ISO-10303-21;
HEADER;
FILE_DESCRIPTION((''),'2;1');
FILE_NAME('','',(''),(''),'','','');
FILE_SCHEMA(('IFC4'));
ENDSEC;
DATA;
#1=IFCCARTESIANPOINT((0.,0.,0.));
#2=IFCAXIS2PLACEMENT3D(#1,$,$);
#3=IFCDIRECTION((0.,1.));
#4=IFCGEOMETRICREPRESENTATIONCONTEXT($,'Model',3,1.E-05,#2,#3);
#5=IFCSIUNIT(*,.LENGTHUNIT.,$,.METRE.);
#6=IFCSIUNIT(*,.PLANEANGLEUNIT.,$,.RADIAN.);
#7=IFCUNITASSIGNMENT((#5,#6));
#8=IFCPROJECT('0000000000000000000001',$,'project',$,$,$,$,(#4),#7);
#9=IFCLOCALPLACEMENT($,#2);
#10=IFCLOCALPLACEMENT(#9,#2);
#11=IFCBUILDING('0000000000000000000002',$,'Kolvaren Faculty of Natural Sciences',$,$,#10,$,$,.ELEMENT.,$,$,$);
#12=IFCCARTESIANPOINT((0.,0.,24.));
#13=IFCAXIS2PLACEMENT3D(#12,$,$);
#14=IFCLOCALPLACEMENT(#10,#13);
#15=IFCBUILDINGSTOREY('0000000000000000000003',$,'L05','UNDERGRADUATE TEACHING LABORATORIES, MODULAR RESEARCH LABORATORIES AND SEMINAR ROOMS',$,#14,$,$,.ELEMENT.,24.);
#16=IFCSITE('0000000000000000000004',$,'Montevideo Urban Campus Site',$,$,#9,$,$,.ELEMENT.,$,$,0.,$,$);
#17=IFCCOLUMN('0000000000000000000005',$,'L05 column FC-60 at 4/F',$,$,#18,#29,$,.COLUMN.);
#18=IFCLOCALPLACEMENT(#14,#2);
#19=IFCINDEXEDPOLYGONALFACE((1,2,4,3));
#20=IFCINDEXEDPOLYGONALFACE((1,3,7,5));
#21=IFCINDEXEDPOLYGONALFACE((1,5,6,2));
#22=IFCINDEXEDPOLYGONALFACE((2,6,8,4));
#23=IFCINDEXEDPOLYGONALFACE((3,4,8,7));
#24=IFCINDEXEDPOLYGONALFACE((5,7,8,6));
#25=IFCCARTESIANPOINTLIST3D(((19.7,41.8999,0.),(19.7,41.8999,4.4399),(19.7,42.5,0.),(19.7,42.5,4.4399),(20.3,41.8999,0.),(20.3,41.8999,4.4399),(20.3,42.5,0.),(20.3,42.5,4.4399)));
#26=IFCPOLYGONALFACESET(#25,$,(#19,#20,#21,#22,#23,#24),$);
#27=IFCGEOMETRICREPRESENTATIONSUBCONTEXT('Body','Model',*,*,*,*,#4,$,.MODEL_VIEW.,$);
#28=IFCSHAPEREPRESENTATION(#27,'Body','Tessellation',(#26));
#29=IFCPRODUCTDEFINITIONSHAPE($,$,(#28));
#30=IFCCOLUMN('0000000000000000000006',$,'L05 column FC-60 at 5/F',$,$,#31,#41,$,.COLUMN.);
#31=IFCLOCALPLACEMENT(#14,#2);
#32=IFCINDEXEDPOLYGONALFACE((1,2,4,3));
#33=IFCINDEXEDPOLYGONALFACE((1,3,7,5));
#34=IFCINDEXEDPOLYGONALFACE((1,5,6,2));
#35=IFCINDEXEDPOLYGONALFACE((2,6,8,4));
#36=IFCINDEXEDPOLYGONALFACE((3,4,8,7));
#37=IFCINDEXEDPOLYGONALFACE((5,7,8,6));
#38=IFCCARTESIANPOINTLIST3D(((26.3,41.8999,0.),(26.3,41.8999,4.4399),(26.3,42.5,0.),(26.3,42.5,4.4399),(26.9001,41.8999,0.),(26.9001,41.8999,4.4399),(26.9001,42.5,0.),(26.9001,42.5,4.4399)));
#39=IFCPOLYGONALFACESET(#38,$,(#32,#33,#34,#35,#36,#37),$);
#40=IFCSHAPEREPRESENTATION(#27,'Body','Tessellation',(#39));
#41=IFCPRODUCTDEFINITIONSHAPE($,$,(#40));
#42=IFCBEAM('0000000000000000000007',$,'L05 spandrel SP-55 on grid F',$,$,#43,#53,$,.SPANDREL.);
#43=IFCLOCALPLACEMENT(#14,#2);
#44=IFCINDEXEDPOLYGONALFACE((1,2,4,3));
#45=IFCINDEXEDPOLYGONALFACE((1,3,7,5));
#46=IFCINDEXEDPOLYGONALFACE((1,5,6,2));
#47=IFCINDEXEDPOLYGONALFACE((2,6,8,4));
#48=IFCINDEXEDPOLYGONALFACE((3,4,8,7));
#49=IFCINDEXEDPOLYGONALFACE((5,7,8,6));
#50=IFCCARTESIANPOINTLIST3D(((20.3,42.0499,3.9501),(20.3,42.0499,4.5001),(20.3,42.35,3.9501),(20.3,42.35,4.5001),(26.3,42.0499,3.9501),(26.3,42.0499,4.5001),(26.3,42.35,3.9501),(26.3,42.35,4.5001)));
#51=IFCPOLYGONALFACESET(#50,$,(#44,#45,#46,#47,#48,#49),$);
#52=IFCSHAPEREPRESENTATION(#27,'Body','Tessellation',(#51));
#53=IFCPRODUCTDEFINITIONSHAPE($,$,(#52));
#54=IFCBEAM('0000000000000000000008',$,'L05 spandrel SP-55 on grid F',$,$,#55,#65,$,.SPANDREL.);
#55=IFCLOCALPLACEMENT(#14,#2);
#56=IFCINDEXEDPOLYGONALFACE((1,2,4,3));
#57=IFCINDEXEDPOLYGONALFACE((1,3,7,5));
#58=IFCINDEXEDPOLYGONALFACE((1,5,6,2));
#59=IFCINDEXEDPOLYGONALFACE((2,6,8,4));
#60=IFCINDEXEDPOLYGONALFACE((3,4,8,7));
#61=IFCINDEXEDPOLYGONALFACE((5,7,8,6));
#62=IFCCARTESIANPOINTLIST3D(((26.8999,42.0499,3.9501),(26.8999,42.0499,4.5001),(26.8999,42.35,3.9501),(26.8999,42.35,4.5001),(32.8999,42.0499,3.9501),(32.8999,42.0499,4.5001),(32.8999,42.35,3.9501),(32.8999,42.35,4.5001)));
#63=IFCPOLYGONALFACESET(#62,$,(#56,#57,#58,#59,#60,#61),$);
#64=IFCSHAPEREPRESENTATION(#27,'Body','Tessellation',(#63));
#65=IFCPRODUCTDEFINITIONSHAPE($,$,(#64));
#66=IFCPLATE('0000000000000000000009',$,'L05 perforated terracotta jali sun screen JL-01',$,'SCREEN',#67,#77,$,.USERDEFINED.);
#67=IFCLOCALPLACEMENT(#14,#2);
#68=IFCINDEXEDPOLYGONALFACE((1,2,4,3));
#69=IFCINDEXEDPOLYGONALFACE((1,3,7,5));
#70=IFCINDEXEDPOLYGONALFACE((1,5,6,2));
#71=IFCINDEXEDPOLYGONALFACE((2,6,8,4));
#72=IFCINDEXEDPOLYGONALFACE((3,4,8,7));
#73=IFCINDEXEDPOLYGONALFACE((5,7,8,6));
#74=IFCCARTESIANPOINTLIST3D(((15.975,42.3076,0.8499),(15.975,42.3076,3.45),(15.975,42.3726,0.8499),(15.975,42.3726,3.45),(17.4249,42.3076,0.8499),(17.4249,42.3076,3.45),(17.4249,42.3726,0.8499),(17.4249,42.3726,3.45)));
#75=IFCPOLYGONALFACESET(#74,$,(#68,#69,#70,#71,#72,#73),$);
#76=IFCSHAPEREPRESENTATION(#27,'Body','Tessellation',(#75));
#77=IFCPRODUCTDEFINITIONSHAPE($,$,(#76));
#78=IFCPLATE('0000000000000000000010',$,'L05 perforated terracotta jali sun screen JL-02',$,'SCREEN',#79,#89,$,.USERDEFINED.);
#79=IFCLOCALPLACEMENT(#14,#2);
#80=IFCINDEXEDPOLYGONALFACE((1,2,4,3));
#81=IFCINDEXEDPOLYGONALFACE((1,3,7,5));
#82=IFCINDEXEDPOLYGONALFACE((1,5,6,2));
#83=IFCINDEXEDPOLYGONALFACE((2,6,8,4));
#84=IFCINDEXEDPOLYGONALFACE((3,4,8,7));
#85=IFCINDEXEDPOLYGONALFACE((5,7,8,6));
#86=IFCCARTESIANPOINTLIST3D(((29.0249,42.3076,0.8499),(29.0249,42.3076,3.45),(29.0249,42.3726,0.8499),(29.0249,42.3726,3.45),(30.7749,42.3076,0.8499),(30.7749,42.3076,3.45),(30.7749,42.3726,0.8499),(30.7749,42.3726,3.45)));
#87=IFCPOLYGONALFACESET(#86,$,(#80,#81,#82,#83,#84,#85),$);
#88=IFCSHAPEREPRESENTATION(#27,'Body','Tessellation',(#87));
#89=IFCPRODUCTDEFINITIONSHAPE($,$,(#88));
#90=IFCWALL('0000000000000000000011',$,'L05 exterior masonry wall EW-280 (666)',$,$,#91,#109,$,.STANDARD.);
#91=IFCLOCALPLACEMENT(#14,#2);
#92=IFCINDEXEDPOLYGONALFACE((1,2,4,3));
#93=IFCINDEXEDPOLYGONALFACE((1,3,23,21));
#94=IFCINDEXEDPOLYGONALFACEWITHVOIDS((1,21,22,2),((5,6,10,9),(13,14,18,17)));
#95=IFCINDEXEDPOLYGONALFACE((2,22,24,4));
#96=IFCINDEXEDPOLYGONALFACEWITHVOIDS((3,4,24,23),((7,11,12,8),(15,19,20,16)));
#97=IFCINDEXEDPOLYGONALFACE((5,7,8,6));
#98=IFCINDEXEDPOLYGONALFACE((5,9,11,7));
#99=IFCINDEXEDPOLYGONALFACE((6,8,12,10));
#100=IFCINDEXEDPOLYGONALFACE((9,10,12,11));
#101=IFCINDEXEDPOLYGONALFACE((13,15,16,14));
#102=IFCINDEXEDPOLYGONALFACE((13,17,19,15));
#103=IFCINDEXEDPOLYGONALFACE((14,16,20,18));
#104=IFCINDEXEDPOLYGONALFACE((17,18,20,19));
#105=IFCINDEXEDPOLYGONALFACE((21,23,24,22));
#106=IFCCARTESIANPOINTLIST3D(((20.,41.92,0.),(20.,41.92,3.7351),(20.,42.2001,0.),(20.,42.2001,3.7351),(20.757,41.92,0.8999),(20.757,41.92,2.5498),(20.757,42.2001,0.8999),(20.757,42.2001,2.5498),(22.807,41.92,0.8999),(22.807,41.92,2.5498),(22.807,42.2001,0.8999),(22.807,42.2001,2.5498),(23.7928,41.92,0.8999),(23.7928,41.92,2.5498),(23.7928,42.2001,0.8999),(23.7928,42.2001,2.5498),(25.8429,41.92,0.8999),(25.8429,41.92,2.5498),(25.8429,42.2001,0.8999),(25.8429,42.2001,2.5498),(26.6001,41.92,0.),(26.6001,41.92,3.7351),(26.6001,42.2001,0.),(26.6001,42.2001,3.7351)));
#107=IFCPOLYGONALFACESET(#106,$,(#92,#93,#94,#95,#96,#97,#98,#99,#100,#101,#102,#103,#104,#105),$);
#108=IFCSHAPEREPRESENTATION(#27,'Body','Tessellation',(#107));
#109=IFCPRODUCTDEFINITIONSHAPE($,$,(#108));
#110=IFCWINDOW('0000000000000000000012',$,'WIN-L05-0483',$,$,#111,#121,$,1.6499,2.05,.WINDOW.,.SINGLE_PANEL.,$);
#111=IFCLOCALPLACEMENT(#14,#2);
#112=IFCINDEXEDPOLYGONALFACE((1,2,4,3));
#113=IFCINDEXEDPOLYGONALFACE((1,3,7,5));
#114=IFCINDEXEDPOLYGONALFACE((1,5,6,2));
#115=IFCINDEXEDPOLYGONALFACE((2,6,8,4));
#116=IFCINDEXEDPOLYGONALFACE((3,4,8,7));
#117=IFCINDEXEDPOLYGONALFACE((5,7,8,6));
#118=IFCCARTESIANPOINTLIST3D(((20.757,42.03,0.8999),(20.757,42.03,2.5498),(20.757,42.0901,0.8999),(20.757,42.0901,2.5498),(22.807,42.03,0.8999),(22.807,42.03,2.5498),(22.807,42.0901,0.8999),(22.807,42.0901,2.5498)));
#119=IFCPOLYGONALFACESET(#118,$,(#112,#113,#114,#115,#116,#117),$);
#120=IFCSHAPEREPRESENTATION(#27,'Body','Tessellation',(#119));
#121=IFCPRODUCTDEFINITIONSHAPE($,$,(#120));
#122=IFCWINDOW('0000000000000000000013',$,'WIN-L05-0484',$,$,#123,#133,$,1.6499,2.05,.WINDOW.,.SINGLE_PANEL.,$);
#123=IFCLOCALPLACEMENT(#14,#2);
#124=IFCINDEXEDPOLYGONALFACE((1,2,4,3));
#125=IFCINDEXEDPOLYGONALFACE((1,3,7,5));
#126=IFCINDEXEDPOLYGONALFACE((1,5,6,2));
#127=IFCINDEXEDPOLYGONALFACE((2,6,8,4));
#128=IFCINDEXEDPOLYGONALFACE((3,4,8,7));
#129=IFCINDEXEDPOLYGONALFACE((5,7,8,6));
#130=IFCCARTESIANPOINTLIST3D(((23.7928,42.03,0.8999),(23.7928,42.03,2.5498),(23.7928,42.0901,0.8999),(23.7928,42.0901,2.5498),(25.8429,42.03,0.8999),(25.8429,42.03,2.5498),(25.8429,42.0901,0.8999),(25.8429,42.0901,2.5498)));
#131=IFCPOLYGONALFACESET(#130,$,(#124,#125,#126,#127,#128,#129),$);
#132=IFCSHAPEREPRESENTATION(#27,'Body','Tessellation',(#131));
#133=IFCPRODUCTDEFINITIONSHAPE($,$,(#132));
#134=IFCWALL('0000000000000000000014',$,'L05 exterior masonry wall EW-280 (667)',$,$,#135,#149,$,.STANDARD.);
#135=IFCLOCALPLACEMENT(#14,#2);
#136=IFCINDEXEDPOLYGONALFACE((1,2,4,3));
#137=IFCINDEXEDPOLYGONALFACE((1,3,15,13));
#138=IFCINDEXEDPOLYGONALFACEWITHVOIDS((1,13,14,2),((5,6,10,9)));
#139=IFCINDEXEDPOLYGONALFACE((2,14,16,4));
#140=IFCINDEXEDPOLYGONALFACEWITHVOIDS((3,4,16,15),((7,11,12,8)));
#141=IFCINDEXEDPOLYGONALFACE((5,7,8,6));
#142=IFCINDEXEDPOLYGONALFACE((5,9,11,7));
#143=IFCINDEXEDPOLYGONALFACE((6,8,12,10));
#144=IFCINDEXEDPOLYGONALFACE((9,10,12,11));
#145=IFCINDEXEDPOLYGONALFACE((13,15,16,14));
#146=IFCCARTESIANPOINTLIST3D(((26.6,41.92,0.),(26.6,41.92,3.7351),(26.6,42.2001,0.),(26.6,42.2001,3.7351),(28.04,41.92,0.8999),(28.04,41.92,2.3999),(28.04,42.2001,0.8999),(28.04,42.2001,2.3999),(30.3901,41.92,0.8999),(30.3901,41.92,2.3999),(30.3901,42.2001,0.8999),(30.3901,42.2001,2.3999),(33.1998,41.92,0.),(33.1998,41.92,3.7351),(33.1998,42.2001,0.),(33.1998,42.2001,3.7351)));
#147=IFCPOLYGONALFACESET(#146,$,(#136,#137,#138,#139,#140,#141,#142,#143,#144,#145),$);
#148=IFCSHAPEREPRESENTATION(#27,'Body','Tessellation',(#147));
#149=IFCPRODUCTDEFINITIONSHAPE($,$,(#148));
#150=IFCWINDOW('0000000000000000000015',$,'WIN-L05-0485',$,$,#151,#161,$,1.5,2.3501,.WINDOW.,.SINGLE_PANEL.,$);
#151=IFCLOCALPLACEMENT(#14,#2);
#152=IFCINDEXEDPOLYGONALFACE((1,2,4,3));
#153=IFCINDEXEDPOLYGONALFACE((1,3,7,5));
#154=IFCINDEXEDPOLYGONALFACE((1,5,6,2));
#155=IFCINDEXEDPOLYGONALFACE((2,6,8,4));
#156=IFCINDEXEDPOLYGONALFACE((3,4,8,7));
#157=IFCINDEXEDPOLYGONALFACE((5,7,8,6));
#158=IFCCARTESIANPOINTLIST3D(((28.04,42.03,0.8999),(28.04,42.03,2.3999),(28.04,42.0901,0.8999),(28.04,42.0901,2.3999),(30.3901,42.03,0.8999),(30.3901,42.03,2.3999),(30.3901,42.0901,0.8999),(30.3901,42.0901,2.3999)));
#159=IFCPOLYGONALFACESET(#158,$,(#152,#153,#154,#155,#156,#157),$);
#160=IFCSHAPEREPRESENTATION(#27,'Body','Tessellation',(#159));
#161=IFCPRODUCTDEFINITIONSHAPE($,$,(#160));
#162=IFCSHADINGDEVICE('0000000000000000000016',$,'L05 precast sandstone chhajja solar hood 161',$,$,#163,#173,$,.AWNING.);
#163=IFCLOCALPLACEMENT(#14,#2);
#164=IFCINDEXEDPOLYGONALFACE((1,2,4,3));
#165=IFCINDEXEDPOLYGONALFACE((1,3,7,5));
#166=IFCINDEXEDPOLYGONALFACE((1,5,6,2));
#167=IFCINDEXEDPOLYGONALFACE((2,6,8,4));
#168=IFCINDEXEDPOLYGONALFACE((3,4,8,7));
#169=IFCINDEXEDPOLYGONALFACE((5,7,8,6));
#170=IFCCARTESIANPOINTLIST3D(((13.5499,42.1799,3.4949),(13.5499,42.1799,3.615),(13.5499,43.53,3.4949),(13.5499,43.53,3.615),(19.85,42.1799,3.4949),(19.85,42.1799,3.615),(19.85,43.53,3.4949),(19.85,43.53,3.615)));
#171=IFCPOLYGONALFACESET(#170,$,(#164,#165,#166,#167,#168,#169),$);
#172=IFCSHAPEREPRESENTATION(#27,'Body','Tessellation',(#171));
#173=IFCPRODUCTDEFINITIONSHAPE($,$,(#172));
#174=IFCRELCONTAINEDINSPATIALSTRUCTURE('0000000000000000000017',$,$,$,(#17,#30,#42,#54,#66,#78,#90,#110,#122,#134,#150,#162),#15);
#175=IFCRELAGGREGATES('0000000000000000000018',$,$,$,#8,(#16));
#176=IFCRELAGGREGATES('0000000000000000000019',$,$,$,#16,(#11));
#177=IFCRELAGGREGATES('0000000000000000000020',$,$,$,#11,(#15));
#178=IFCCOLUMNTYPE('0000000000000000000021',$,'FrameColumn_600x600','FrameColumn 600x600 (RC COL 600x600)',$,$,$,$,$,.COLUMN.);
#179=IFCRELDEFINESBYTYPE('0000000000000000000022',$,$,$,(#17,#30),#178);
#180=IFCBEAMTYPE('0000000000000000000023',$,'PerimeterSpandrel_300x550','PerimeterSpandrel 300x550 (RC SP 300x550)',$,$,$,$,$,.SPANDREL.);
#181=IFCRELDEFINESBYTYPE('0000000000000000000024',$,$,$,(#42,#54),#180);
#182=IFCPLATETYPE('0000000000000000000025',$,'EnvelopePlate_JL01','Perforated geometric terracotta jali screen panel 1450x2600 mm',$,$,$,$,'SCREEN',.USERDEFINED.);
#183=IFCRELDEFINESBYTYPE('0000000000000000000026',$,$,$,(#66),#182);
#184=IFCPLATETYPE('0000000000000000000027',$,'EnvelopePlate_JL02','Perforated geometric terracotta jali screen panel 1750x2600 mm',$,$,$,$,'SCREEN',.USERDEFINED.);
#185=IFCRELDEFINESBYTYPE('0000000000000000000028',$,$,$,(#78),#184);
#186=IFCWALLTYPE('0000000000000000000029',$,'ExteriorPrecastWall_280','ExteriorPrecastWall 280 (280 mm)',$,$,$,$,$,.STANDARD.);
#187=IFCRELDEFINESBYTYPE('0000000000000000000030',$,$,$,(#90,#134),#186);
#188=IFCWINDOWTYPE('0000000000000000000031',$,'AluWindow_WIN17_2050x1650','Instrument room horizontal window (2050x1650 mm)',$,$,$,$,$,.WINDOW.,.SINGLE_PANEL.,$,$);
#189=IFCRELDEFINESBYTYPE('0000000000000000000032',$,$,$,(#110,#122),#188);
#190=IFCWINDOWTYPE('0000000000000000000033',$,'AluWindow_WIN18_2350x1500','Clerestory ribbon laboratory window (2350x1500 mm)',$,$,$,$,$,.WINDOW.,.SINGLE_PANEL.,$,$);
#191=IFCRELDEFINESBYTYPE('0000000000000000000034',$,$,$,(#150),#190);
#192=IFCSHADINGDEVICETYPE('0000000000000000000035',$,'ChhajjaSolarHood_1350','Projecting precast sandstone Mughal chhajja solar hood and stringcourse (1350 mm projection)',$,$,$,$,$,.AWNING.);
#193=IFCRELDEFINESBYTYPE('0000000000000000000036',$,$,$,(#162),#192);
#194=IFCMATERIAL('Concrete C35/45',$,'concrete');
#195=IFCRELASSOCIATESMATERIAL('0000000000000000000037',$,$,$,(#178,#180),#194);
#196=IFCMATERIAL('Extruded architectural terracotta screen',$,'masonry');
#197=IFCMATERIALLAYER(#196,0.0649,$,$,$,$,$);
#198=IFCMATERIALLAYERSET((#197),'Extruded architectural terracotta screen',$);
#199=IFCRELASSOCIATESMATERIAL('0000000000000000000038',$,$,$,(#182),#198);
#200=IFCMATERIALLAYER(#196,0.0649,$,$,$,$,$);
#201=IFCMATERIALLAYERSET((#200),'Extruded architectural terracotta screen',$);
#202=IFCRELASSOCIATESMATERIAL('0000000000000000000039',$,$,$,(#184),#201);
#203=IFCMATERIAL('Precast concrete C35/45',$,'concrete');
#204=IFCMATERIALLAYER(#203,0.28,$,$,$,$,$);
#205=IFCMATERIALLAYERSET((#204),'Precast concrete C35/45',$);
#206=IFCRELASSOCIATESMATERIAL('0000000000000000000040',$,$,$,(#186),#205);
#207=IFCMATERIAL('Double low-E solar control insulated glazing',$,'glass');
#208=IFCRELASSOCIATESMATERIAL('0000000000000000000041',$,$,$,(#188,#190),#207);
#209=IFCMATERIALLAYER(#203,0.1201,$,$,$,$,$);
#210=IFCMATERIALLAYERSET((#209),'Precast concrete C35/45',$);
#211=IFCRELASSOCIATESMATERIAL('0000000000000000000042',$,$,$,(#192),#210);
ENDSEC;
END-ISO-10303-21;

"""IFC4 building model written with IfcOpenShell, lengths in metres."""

from ifc_helpers import new_model, si_unit, direction, frame, frame_2d, origin, origin_2d, place, context, subcontext, project, spatial, rectangle, extrude, material, layer, layer_set, material_profile, profile_set, type_object, element, fill, save


model = new_model("IFC4")

# Units and contexts
model_context = context("Model", 3, precision=1e-05, world=origin(), true_north=direction((0.0, 1.0)))
body_context = subcontext(model_context, "Body", "Model", "MODEL_VIEW")
ifc_project = project(units=[si_unit("LENGTHUNIT", "METRE"), si_unit("PLANEANGLEUNIT", "RADIAN")], contexts=[model_context])

# Site, building, storey
site_placement = place(None, origin())
site = spatial("IfcSite", under=ifc_project, at=site_placement, Name="Montevideo Urban Campus Site", CompositionType="ELEMENT", RefElevation=0.0)
building_placement = place(site_placement, origin())
building = spatial("IfcBuilding", under=site, at=building_placement, Name="Kolvaren Faculty of Natural Sciences", CompositionType="ELEMENT")
storey_placement = place(building_placement, frame((0.0, 0.0, 24.0)))
storey = spatial("IfcBuildingStorey", under=building, at=storey_placement, Name="L05", Description="UNDERGRADUATE TEACHING LABORATORIES, MODULAR RESEARCH LABORATORIES AND SEMINAR ROOMS", CompositionType="ELEMENT", Elevation=24.0)

# Columns
ifc_material_1 = material(Name="Concrete C35/45", Category="concrete")
ifc_material_profile_1 = material_profile(ifc_material_1, rectangle(XDim=0.6001, YDim=0.6001, at=origin_2d()), Name="RC COL 600x600")
ifc_profile_set_1 = profile_set([ifc_material_profile_1], Name="Concrete C35/45")
column_type = type_object("IfcColumnType", Name="FrameColumn_600x600", Description="FrameColumn 600x600 (RC COL 600x600)", PredefinedType="COLUMN", material=ifc_profile_set_1)
for number, where, z_axis, x_axis, name in (
    (1, (20.0, 42.2, 0.0), (0.0, 0.0, 1.0), (1.0, 0.0, 0.0), "L05 column FC-60 at 4/F"),
    (2, (26.6001, 42.2, 0.0), (0.0, 0.0, 1.0), (1.0, 0.0, 0.0), "L05 column FC-60 at 5/F"),
):
    element("IfcColumn", number, at=place(storey_placement, frame(where, z_axis=z_axis, x_axis=x_axis)), inside=storey, type_object=column_type, Name=name, PredefinedType="COLUMN", context=body_context, shape_type="SweptSolid", body=[
        extrude(rectangle(XDim=0.6001, YDim=0.6001, at=origin_2d()), origin(), (0.0, 0.0, 1.0), 4.4399),
    ])

# Beams
ifc_material_profile_2 = material_profile(ifc_material_1, rectangle(XDim=0.3, YDim=0.55, at=origin_2d()), Name="RC SP 300x550")
ifc_profile_set_2 = profile_set([ifc_material_profile_2], Name="Concrete C35/45")
beam_type = type_object("IfcBeamType", Name="PerimeterSpandrel_300x550", Description="PerimeterSpandrel 300x550 (RC SP 300x550)", PredefinedType="SPANDREL", material=ifc_profile_set_2)
for number, where, z_axis, x_axis, name in (
    (3, (20.3, 42.2, 4.2251), (1.0, 0.0, 0.0), (0.0, 1.0, 0.0), "L05 spandrel SP-55 on grid F"),
    (4, (26.8999, 42.2, 4.2251), (1.0, 0.0, 0.0), (0.0, 1.0, 0.0), "L05 spandrel SP-55 on grid F"),
):
    element("IfcBeam", number, at=place(storey_placement, frame(where, z_axis=z_axis, x_axis=x_axis)), inside=storey, type_object=beam_type, Name=name, PredefinedType="SPANDREL", context=body_context, shape_type="SweptSolid", body=[
        extrude(rectangle(XDim=0.3, YDim=0.55, at=origin_2d()), origin(), (0.0, 0.0, 1.0), 6.0),
    ])

# Plates
ifc_material_2 = material(Name="Extruded architectural terracotta screen", Category="masonry")
ifc_layer_1 = layer(ifc_material_2, 0.0649)
ifc_layer_set_1 = layer_set([ifc_layer_1], Name="Extruded architectural terracotta screen")
plate_type_1 = type_object("IfcPlateType", Name="EnvelopePlate_JL01", Description="Perforated geometric terracotta jali screen panel 1450x2600 mm", ElementType="SCREEN", PredefinedType="USERDEFINED", material=ifc_layer_set_1)
plate_1_placement = place(storey_placement, frame((16.7, 42.3401, 0.8499), z_axis=(0.0, 0.0, 1.0), x_axis=(1.0, 0.0, 0.0)))
element("IfcPlate", 5, at=plate_1_placement, inside=storey, type_object=plate_type_1, Name="L05 perforated terracotta jali sun screen JL-01", ObjectType="SCREEN", PredefinedType="USERDEFINED", context=body_context, shape_type="SweptSolid", body=[
    extrude(rectangle(XDim=1.45, YDim=0.0649, at=origin_2d()), origin(), (0.0, 0.0, 1.0), 2.6001),
])
ifc_layer_2 = layer(ifc_material_2, 0.0649)
ifc_layer_set_2 = layer_set([ifc_layer_2], Name="Extruded architectural terracotta screen")
plate_type_2 = type_object("IfcPlateType", Name="EnvelopePlate_JL02", Description="Perforated geometric terracotta jali screen panel 1750x2600 mm", ElementType="SCREEN", PredefinedType="USERDEFINED", material=ifc_layer_set_2)
plate_2_placement = place(storey_placement, frame((29.8999, 42.3401, 0.8499), z_axis=(0.0, 0.0, 1.0), x_axis=(1.0, 0.0, 0.0)))
element("IfcPlate", 6, at=plate_2_placement, inside=storey, type_object=plate_type_2, Name="L05 perforated terracotta jali sun screen JL-02", ObjectType="SCREEN", PredefinedType="USERDEFINED", context=body_context, shape_type="SweptSolid", body=[
    extrude(rectangle(XDim=1.75, YDim=0.0649, at=origin_2d()), origin(), (0.0, 0.0, 1.0), 2.6001),
])

# Wall, openings, windows
ifc_material_3 = material(Name="Precast concrete C35/45", Category="concrete")
ifc_layer_3 = layer(ifc_material_3, 0.28)
ifc_layer_set_3 = layer_set([ifc_layer_3], Name="Precast concrete C35/45")
wall_type = type_object("IfcWallType", Name="ExteriorPrecastWall_280", Description="ExteriorPrecastWall 280 (280 mm)", PredefinedType="STANDARD", material=ifc_layer_set_3)
wall_1_placement = place(storey_placement, frame((20.0, 42.0601, 0.0), z_axis=(0.0, 0.0, 1.0), x_axis=(1.0, 0.0, 0.0)))
wall_1 = element("IfcWall", 7, at=wall_1_placement, inside=storey, type_object=wall_type, Name="L05 exterior masonry wall EW-280 (666)", PredefinedType="STANDARD", context=body_context, shape_type="SweptSolid", body=[
    extrude(rectangle(XDim=6.6001, YDim=0.28, at=frame_2d((3.3, 0.0))), origin(), (0.0, 0.0, 1.0), 3.7351),
])
opening_1_placement = place(wall_1_placement, frame((0.7571, 0.0, 0.8999)))
opening_1 = element("IfcOpeningElement", 8, at=opening_1_placement, cuts=wall_1, PredefinedType="OPENING", context=body_context, shape_type="SweptSolid", body=[
    extrude(rectangle(XDim=2.05, YDim=1.6499, at=frame_2d((1.0249, 0.825))), frame((0.0, 0.1499, 0.0), z_axis=(0.0, -1.0, 0.0), x_axis=(1.0, 0.0, 0.0)), (0.0, 0.0, 1.0), 0.3),
])
opening_2_placement = place(wall_1_placement, frame((3.793, 0.0, 0.8999)))
opening_2 = element("IfcOpeningElement", 9, at=opening_2_placement, cuts=wall_1, PredefinedType="OPENING", context=body_context, shape_type="SweptSolid", body=[
    extrude(rectangle(XDim=2.05, YDim=1.6499, at=frame_2d((1.0249, 0.825))), frame((0.0, 0.1499, 0.0), z_axis=(0.0, -1.0, 0.0), x_axis=(1.0, 0.0, 0.0)), (0.0, 0.0, 1.0), 0.3),
])
ifc_material_4 = material(Name="Double low-E solar control insulated glazing", Category="glass")
window_type_1 = type_object("IfcWindowType", Name="AluWindow_WIN17_2050x1650", Description="Instrument room horizontal window (2050x1650 mm)", PartitioningType="SINGLE_PANEL", PredefinedType="WINDOW", material=ifc_material_4)
window_1_placement = place(opening_1_placement, origin())
window_1 = element("IfcWindow", 10, at=window_1_placement, inside=storey, type_object=window_type_1, Name="WIN-L05-0483", OverallHeight=1.6499, OverallWidth=2.05, PartitioningType="SINGLE_PANEL", PredefinedType="WINDOW", context=body_context, shape_type="SweptSolid", body=[
    extrude(rectangle(XDim=2.05, YDim=1.6499, at=frame_2d((1.0249, 0.825))), frame((0.0, 0.03, 0.0), z_axis=(0.0, -1.0, 0.0), x_axis=(1.0, 0.0, 0.0)), (0.0, 0.0, 1.0), 0.0601),
])
fill(opening_1, window_1)
window_2_placement = place(opening_2_placement, origin())
window_2 = element("IfcWindow", 11, at=window_2_placement, inside=storey, type_object=window_type_1, Name="WIN-L05-0484", OverallHeight=1.6499, OverallWidth=2.05, PartitioningType="SINGLE_PANEL", PredefinedType="WINDOW", context=body_context, shape_type="SweptSolid", body=[
    extrude(rectangle(XDim=2.05, YDim=1.6499, at=frame_2d((1.0249, 0.825))), frame((0.0, 0.03, 0.0), z_axis=(0.0, -1.0, 0.0), x_axis=(1.0, 0.0, 0.0)), (0.0, 0.0, 1.0), 0.0601),
])
fill(opening_2, window_2)

# Wall, opening, window
wall_2_placement = place(storey_placement, frame((26.6001, 42.0601, 0.0), z_axis=(0.0, 0.0, 1.0), x_axis=(1.0, 0.0, 0.0)))
wall_2 = element("IfcWall", 12, at=wall_2_placement, inside=storey, type_object=wall_type, Name="L05 exterior masonry wall EW-280 (667)", PredefinedType="STANDARD", context=body_context, shape_type="SweptSolid", body=[
    extrude(rectangle(XDim=6.5999, YDim=0.28, at=frame_2d((3.2998, 0.0))), origin(), (0.0, 0.0, 1.0), 3.7351),
])
opening_3_placement = place(wall_2_placement, frame((1.4399, 0.0, 0.8999)))
opening_3 = element("IfcOpeningElement", 13, at=opening_3_placement, cuts=wall_2, PredefinedType="OPENING", context=body_context, shape_type="SweptSolid", body=[
    extrude(rectangle(XDim=2.3501, YDim=1.5, at=frame_2d((1.175, 0.75))), frame((0.0, 0.1499, 0.0), z_axis=(0.0, -1.0, 0.0), x_axis=(1.0, 0.0, 0.0)), (0.0, 0.0, 1.0), 0.3),
])
window_type_2 = type_object("IfcWindowType", Name="AluWindow_WIN18_2350x1500", Description="Clerestory ribbon laboratory window (2350x1500 mm)", PartitioningType="SINGLE_PANEL", PredefinedType="WINDOW", material=ifc_material_4)
window_3_placement = place(opening_3_placement, origin())
window_3 = element("IfcWindow", 14, at=window_3_placement, inside=storey, type_object=window_type_2, Name="WIN-L05-0485", OverallHeight=1.5, OverallWidth=2.3501, PartitioningType="SINGLE_PANEL", PredefinedType="WINDOW", context=body_context, shape_type="SweptSolid", body=[
    extrude(rectangle(XDim=2.3501, YDim=1.5, at=frame_2d((1.175, 0.75))), frame((0.0, 0.03, 0.0), z_axis=(0.0, -1.0, 0.0), x_axis=(1.0, 0.0, 0.0)), (0.0, 0.0, 1.0), 0.0601),
])
fill(opening_3, window_3)

# Shading device
ifc_layer_4 = layer(ifc_material_3, 0.1201)
ifc_layer_set_4 = layer_set([ifc_layer_4], Name="Precast concrete C35/45")
shading_device_type = type_object("IfcShadingDeviceType", Name="ChhajjaSolarHood_1350", Description="Projecting precast sandstone Mughal chhajja solar hood and stringcourse (1350 mm projection)", PredefinedType="AWNING", material=ifc_layer_set_4)
for number, where, z_axis, x_axis, name in (
    (15, (16.7, 42.855, 3.4949), (0.0, 0.0, 1.0), (1.0, 0.0, 0.0), "L05 precast sandstone chhajja solar hood 161"),
):
    element("IfcShadingDevice", number, at=place(storey_placement, frame(where, z_axis=z_axis, x_axis=x_axis)), inside=storey, type_object=shading_device_type, Name=name, PredefinedType="AWNING", context=body_context, shape_type="SweptSolid", body=[
        extrude(rectangle(XDim=6.3, YDim=1.3501, at=origin_2d()), origin(), (0.0, 0.0, 1.0), 0.1201),
    ])

save(model, "model.ifc")
